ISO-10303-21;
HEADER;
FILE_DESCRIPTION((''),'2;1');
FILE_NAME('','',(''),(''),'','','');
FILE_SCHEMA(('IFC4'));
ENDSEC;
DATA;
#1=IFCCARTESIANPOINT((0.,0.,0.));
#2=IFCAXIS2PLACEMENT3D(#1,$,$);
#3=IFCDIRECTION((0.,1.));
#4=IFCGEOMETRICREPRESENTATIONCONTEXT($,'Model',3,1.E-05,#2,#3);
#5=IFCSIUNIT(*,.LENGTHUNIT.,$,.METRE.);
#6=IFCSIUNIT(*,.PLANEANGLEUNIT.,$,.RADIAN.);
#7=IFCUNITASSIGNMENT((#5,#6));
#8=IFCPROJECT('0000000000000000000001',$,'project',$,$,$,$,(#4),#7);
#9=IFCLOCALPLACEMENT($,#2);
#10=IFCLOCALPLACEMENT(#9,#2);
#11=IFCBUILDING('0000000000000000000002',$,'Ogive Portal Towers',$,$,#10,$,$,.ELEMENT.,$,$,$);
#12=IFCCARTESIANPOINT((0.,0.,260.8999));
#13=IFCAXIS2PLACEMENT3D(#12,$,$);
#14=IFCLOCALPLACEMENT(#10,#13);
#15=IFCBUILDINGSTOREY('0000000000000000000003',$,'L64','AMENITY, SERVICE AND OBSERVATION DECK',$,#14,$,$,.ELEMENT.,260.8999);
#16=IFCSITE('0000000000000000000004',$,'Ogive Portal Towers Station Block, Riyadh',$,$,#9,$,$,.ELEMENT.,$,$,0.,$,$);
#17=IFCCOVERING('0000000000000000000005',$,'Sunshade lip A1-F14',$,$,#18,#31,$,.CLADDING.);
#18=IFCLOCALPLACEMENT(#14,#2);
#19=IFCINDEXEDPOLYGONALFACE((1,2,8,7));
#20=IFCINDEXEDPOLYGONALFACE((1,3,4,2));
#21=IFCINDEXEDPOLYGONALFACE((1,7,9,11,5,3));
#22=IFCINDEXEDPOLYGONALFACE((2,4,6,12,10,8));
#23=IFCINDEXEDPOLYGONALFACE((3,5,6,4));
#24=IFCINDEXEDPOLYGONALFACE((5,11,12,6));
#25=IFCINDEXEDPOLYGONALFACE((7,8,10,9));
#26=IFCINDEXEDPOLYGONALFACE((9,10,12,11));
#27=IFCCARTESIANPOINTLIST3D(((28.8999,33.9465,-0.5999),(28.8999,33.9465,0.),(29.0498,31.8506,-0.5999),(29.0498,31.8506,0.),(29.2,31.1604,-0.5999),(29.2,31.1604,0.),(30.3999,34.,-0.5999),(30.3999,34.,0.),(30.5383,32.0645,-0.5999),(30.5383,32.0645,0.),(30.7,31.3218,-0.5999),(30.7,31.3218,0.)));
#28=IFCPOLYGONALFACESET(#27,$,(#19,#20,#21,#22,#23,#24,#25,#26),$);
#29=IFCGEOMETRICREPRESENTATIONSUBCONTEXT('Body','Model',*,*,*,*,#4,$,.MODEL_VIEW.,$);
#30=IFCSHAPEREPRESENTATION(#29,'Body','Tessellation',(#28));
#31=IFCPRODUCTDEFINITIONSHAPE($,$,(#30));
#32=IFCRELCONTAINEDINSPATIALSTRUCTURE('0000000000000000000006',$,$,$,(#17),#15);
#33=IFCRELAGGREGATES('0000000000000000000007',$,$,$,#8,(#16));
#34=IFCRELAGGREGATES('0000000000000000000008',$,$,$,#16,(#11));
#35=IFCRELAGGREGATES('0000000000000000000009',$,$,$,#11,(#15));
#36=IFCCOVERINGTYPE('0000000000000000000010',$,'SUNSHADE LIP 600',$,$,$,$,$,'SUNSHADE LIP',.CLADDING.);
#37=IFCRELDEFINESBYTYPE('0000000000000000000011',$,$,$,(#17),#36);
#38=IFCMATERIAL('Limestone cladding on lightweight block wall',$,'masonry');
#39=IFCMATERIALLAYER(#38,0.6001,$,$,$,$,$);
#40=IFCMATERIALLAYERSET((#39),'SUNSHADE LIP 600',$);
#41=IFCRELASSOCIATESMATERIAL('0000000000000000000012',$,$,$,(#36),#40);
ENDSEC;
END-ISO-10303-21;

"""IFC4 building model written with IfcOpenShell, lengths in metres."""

from ifc_helpers import new_model, si_unit, direction, frame, origin, place, context, subcontext, project, spatial, polyline, outline, extrude, material, layer, layer_set, type_object, element, save


model = new_model("IFC4")

# Units and contexts
model_context = context("Model", 3, precision=1e-05, world=origin(), true_north=direction((0.0, 1.0)))
body_context = subcontext(model_context, "Body", "Model", "MODEL_VIEW")
ifc_project = project(units=[si_unit("LENGTHUNIT", "METRE"), si_unit("PLANEANGLEUNIT", "RADIAN")], contexts=[model_context])

# Site, building, storey
site_placement = place(None, origin())
site = spatial("IfcSite", under=ifc_project, at=site_placement, Name="Ogive Portal Towers Station Block, Riyadh", CompositionType="ELEMENT", RefElevation=0.0)
building_placement = place(site_placement, origin())
building = spatial("IfcBuilding", under=site, at=building_placement, Name="Ogive Portal Towers", CompositionType="ELEMENT")
storey_placement = place(building_placement, frame((0.0, 0.0, 260.8999)))
storey = spatial("IfcBuildingStorey", under=building, at=storey_placement, Name="L64", Description="AMENITY, SERVICE AND OBSERVATION DECK", CompositionType="ELEMENT", Elevation=260.8999)

# Covering
ifc_material_1 = material(Name="Limestone cladding on lightweight block wall", Category="masonry")
ifc_layer_1 = layer(ifc_material_1, 0.6001)
ifc_layer_set_1 = layer_set([ifc_layer_1], Name="SUNSHADE LIP 600")
covering_type_1 = type_object("IfcCoveringType", Name="SUNSHADE LIP 600", ElementType="SUNSHADE LIP", PredefinedType="CLADDING", material=ifc_layer_set_1)
covering_1_placement = place(storey_placement, frame((0.0, 0.0, -0.5999)))
element("IfcCovering", 1, at=covering_1_placement, inside=storey, type_object=covering_type_1, Name="Sunshade lip A1-F14", PredefinedType="CLADDING", context=body_context, shape_type="SweptSolid", body=[
    extrude(outline(polyline([(30.3999, 34.0), (30.5383, 32.0645), (30.7, 31.3218), (29.2, 31.1604), (29.0498, 31.8506), (28.8999, 33.9465), (30.3999, 34.0)])), origin(), (0.0, 0.0, 1.0), 0.5999),
])

save(model, "model.ifc")
